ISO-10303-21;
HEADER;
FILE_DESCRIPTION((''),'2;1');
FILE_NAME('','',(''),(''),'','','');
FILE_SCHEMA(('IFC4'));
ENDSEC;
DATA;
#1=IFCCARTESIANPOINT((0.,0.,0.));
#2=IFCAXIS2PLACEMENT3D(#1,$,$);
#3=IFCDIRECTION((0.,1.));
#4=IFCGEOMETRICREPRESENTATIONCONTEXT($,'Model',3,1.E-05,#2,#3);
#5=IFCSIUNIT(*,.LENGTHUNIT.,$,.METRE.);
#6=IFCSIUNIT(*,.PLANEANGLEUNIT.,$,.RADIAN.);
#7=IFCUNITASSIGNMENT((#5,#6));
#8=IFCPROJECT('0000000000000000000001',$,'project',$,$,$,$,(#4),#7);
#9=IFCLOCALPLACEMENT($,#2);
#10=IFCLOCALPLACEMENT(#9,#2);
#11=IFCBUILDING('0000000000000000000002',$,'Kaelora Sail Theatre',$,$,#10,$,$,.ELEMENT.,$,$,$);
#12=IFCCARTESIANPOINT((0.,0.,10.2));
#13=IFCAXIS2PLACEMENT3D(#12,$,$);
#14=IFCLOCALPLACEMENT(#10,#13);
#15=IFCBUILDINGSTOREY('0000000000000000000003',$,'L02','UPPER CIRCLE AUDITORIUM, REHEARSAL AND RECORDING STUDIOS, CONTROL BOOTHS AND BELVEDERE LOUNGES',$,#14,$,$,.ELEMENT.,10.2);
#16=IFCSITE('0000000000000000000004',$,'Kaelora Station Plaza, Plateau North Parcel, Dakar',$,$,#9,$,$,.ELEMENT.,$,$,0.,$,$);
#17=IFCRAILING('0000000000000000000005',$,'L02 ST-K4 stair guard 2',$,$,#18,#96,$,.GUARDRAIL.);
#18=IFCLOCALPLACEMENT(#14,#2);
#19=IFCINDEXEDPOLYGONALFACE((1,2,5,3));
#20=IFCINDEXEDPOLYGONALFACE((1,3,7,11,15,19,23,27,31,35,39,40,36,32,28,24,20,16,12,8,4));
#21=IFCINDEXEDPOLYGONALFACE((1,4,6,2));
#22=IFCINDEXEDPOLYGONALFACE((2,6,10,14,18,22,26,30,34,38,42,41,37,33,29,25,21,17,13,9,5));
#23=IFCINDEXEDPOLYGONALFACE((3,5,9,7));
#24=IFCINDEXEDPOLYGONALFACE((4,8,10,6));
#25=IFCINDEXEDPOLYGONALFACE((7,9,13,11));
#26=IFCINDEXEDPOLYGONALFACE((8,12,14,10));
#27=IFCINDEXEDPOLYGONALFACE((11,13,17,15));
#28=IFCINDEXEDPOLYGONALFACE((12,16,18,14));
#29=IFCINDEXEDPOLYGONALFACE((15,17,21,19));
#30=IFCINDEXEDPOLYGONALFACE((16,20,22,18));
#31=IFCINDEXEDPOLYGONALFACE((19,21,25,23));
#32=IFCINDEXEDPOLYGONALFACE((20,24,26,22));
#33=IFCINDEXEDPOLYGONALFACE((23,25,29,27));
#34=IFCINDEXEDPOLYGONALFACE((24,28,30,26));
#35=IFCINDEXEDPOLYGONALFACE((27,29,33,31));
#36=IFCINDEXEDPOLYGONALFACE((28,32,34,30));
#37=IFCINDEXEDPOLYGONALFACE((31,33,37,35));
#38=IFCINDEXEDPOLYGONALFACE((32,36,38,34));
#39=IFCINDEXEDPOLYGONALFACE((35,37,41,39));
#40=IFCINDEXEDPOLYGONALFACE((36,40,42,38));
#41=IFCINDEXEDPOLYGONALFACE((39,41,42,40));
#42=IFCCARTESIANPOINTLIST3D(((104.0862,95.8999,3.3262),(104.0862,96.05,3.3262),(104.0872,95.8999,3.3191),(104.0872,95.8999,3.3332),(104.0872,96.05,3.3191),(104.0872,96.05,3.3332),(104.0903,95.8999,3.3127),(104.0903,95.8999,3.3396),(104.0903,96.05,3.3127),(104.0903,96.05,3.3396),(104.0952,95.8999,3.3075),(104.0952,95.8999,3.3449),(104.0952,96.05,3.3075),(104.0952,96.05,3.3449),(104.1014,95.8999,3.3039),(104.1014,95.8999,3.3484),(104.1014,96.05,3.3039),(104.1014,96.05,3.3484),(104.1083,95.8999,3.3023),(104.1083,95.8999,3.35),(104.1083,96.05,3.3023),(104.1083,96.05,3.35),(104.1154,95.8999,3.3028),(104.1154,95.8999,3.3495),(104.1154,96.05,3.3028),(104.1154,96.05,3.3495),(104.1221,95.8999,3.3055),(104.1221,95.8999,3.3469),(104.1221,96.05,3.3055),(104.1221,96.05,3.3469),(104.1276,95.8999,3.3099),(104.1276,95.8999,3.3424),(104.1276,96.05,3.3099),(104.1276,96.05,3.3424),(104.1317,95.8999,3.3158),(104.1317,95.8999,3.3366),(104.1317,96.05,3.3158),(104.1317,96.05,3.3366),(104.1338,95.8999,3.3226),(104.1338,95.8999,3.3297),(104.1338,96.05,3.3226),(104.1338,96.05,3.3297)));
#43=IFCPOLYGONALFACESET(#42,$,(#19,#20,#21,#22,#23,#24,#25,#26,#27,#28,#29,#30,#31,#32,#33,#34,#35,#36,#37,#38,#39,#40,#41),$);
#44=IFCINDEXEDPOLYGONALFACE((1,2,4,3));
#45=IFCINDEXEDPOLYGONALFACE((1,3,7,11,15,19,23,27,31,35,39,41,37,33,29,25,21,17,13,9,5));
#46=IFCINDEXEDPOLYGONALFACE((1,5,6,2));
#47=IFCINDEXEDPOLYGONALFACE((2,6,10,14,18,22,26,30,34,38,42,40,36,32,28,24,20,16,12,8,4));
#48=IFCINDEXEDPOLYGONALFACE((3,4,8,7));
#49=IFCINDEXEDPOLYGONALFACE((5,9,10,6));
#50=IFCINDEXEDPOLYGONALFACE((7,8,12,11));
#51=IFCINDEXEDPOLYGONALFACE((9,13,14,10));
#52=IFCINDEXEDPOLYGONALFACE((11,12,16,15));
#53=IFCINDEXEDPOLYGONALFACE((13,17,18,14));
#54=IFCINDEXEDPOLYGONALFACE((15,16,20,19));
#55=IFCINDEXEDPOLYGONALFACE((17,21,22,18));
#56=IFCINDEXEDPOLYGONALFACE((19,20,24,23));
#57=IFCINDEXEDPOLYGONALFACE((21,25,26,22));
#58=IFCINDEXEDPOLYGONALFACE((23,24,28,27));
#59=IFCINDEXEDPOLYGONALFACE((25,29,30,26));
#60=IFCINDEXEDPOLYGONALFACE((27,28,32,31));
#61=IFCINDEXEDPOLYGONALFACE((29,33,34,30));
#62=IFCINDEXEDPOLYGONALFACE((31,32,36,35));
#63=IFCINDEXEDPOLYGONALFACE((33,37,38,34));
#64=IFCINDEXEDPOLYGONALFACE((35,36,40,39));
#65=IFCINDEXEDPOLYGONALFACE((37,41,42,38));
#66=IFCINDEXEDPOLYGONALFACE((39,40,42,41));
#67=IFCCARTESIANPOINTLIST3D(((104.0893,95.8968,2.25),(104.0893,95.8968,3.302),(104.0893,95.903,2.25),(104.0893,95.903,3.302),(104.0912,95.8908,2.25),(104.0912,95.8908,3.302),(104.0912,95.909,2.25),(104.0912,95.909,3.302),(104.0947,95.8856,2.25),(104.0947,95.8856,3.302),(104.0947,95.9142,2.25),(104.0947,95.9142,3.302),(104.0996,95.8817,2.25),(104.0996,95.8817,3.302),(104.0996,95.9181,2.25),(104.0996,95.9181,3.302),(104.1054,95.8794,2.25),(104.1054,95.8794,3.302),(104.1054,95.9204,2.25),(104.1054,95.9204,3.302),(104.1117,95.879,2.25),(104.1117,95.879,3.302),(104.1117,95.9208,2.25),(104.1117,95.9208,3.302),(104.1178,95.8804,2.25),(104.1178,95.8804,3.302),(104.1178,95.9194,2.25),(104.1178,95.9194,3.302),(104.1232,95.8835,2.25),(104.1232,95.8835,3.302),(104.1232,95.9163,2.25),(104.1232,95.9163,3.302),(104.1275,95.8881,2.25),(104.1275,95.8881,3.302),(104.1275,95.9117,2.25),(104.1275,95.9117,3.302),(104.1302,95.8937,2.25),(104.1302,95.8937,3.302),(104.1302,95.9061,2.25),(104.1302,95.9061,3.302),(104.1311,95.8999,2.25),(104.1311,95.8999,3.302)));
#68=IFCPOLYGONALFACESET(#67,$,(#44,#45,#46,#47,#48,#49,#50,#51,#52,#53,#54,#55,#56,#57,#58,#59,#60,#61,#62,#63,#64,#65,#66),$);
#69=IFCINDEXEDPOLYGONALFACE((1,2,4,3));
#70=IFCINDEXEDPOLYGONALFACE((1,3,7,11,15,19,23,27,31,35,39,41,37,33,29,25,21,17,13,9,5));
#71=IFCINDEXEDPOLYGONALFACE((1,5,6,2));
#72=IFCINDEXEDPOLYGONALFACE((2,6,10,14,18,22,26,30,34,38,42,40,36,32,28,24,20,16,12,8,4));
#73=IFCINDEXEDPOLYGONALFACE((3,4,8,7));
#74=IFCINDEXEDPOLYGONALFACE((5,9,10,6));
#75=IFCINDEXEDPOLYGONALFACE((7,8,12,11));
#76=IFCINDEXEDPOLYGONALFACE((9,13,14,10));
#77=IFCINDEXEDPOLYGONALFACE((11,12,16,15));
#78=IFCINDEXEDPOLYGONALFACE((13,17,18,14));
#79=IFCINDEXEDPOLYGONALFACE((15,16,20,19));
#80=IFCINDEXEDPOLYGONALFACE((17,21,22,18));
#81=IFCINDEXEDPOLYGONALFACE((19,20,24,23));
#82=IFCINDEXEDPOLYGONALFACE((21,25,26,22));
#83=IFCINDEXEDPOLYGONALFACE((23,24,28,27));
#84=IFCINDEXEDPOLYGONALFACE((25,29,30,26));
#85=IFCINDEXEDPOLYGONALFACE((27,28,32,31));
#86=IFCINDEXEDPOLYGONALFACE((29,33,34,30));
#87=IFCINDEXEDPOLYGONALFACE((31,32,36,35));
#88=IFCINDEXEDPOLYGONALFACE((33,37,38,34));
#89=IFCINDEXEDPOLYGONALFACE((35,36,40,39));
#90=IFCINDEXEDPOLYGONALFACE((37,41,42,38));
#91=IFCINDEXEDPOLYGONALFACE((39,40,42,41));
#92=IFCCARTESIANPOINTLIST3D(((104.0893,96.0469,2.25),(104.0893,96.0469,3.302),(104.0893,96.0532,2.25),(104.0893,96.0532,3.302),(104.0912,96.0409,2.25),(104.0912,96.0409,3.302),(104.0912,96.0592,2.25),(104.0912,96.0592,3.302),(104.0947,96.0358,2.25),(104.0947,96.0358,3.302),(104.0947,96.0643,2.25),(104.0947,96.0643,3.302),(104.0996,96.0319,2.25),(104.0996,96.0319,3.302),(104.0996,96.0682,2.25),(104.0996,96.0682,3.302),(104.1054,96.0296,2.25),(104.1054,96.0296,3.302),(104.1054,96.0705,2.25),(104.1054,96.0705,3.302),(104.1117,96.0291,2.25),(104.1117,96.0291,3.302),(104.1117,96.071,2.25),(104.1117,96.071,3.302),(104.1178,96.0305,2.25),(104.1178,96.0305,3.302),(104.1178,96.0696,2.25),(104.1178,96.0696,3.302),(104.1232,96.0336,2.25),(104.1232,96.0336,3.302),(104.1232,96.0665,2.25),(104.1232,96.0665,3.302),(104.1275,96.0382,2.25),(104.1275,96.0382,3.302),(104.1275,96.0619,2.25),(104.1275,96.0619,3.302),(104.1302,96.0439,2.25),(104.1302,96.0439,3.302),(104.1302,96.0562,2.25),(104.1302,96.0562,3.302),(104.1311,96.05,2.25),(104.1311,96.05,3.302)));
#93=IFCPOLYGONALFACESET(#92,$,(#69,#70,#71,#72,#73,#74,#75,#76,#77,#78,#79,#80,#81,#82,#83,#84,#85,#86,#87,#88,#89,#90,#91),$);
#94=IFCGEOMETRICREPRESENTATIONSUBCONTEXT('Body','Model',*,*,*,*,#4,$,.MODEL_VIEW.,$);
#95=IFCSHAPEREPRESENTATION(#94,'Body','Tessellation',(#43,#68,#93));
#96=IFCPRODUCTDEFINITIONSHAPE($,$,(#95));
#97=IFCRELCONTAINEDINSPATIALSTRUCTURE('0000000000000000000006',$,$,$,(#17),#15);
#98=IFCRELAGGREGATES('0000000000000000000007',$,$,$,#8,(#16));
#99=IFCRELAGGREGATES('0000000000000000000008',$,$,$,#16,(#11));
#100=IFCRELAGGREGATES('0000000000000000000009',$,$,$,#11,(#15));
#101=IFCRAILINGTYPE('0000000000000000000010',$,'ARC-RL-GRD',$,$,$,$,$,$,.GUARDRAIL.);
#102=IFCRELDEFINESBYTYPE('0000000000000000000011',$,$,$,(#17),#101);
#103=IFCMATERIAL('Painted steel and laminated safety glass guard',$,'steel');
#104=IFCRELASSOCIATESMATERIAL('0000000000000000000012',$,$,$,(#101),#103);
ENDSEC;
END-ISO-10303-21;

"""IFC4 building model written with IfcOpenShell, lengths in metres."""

from ifc_helpers import new_model, si_unit, direction, frame, origin, origin_2d, place, context, subcontext, project, spatial, circle, extrude, material, type_object, element, save


model = new_model("IFC4")

# Units and contexts
model_context = context("Model", 3, precision=1e-05, world=origin(), true_north=direction((0.0, 1.0)))
body_context = subcontext(model_context, "Body", "Model", "MODEL_VIEW")
ifc_project = project(units=[si_unit("LENGTHUNIT", "METRE"), si_unit("PLANEANGLEUNIT", "RADIAN")], contexts=[model_context])

# Site, building, storey
site_placement = place(None, origin())
site = spatial("IfcSite", under=ifc_project, at=site_placement, Name="Kaelora Station Plaza, Plateau North Parcel, Dakar", CompositionType="ELEMENT", RefElevation=0.0)
building_placement = place(site_placement, origin())
building = spatial("IfcBuilding", under=site, at=building_placement, Name="Kaelora Sail Theatre", CompositionType="ELEMENT")
storey_placement = place(building_placement, frame((0.0, 0.0, 10.2)))
storey = spatial("IfcBuildingStorey", under=building, at=storey_placement, Name="L02", Description="UPPER CIRCLE AUDITORIUM, REHEARSAL AND RECORDING STUDIOS, CONTROL BOOTHS AND BELVEDERE LOUNGES", CompositionType="ELEMENT", Elevation=10.2)

# Railing
ifc_material_1 = material(Name="Painted steel and laminated safety glass guard", Category="steel")
railing_type_1 = type_object("IfcRailingType", Name="ARC-RL-GRD", PredefinedType="GUARDRAIL", material=ifc_material_1)
railing_1_placement = place(storey_placement, frame((104.1101, 95.8999, 2.25)))
element("IfcRailing", 1, at=railing_1_placement, inside=storey, type_object=railing_type_1, Name="L02 ST-K4 stair guard 2", PredefinedType="GUARDRAIL", context=body_context, shape_type="SweptSolid", body=[
    extrude(circle(Radius=0.0239, at=origin_2d()), frame((0.0, 0.0, 1.0762), z_axis=(0.0, 1.0, 0.0), x_axis=(-1.0, 0.0, 0.0)), (0.0, 0.0, 1.0), 0.1501),
    extrude(circle(Radius=0.021, at=origin_2d()), origin(), (0.0, 0.0, 1.0), 1.052),
    extrude(circle(Radius=0.021, at=origin_2d()), frame((0.0, 0.1501, 0.0)), (0.0, 0.0, 1.0), 1.052),
])

save(model, "model.ifc")
